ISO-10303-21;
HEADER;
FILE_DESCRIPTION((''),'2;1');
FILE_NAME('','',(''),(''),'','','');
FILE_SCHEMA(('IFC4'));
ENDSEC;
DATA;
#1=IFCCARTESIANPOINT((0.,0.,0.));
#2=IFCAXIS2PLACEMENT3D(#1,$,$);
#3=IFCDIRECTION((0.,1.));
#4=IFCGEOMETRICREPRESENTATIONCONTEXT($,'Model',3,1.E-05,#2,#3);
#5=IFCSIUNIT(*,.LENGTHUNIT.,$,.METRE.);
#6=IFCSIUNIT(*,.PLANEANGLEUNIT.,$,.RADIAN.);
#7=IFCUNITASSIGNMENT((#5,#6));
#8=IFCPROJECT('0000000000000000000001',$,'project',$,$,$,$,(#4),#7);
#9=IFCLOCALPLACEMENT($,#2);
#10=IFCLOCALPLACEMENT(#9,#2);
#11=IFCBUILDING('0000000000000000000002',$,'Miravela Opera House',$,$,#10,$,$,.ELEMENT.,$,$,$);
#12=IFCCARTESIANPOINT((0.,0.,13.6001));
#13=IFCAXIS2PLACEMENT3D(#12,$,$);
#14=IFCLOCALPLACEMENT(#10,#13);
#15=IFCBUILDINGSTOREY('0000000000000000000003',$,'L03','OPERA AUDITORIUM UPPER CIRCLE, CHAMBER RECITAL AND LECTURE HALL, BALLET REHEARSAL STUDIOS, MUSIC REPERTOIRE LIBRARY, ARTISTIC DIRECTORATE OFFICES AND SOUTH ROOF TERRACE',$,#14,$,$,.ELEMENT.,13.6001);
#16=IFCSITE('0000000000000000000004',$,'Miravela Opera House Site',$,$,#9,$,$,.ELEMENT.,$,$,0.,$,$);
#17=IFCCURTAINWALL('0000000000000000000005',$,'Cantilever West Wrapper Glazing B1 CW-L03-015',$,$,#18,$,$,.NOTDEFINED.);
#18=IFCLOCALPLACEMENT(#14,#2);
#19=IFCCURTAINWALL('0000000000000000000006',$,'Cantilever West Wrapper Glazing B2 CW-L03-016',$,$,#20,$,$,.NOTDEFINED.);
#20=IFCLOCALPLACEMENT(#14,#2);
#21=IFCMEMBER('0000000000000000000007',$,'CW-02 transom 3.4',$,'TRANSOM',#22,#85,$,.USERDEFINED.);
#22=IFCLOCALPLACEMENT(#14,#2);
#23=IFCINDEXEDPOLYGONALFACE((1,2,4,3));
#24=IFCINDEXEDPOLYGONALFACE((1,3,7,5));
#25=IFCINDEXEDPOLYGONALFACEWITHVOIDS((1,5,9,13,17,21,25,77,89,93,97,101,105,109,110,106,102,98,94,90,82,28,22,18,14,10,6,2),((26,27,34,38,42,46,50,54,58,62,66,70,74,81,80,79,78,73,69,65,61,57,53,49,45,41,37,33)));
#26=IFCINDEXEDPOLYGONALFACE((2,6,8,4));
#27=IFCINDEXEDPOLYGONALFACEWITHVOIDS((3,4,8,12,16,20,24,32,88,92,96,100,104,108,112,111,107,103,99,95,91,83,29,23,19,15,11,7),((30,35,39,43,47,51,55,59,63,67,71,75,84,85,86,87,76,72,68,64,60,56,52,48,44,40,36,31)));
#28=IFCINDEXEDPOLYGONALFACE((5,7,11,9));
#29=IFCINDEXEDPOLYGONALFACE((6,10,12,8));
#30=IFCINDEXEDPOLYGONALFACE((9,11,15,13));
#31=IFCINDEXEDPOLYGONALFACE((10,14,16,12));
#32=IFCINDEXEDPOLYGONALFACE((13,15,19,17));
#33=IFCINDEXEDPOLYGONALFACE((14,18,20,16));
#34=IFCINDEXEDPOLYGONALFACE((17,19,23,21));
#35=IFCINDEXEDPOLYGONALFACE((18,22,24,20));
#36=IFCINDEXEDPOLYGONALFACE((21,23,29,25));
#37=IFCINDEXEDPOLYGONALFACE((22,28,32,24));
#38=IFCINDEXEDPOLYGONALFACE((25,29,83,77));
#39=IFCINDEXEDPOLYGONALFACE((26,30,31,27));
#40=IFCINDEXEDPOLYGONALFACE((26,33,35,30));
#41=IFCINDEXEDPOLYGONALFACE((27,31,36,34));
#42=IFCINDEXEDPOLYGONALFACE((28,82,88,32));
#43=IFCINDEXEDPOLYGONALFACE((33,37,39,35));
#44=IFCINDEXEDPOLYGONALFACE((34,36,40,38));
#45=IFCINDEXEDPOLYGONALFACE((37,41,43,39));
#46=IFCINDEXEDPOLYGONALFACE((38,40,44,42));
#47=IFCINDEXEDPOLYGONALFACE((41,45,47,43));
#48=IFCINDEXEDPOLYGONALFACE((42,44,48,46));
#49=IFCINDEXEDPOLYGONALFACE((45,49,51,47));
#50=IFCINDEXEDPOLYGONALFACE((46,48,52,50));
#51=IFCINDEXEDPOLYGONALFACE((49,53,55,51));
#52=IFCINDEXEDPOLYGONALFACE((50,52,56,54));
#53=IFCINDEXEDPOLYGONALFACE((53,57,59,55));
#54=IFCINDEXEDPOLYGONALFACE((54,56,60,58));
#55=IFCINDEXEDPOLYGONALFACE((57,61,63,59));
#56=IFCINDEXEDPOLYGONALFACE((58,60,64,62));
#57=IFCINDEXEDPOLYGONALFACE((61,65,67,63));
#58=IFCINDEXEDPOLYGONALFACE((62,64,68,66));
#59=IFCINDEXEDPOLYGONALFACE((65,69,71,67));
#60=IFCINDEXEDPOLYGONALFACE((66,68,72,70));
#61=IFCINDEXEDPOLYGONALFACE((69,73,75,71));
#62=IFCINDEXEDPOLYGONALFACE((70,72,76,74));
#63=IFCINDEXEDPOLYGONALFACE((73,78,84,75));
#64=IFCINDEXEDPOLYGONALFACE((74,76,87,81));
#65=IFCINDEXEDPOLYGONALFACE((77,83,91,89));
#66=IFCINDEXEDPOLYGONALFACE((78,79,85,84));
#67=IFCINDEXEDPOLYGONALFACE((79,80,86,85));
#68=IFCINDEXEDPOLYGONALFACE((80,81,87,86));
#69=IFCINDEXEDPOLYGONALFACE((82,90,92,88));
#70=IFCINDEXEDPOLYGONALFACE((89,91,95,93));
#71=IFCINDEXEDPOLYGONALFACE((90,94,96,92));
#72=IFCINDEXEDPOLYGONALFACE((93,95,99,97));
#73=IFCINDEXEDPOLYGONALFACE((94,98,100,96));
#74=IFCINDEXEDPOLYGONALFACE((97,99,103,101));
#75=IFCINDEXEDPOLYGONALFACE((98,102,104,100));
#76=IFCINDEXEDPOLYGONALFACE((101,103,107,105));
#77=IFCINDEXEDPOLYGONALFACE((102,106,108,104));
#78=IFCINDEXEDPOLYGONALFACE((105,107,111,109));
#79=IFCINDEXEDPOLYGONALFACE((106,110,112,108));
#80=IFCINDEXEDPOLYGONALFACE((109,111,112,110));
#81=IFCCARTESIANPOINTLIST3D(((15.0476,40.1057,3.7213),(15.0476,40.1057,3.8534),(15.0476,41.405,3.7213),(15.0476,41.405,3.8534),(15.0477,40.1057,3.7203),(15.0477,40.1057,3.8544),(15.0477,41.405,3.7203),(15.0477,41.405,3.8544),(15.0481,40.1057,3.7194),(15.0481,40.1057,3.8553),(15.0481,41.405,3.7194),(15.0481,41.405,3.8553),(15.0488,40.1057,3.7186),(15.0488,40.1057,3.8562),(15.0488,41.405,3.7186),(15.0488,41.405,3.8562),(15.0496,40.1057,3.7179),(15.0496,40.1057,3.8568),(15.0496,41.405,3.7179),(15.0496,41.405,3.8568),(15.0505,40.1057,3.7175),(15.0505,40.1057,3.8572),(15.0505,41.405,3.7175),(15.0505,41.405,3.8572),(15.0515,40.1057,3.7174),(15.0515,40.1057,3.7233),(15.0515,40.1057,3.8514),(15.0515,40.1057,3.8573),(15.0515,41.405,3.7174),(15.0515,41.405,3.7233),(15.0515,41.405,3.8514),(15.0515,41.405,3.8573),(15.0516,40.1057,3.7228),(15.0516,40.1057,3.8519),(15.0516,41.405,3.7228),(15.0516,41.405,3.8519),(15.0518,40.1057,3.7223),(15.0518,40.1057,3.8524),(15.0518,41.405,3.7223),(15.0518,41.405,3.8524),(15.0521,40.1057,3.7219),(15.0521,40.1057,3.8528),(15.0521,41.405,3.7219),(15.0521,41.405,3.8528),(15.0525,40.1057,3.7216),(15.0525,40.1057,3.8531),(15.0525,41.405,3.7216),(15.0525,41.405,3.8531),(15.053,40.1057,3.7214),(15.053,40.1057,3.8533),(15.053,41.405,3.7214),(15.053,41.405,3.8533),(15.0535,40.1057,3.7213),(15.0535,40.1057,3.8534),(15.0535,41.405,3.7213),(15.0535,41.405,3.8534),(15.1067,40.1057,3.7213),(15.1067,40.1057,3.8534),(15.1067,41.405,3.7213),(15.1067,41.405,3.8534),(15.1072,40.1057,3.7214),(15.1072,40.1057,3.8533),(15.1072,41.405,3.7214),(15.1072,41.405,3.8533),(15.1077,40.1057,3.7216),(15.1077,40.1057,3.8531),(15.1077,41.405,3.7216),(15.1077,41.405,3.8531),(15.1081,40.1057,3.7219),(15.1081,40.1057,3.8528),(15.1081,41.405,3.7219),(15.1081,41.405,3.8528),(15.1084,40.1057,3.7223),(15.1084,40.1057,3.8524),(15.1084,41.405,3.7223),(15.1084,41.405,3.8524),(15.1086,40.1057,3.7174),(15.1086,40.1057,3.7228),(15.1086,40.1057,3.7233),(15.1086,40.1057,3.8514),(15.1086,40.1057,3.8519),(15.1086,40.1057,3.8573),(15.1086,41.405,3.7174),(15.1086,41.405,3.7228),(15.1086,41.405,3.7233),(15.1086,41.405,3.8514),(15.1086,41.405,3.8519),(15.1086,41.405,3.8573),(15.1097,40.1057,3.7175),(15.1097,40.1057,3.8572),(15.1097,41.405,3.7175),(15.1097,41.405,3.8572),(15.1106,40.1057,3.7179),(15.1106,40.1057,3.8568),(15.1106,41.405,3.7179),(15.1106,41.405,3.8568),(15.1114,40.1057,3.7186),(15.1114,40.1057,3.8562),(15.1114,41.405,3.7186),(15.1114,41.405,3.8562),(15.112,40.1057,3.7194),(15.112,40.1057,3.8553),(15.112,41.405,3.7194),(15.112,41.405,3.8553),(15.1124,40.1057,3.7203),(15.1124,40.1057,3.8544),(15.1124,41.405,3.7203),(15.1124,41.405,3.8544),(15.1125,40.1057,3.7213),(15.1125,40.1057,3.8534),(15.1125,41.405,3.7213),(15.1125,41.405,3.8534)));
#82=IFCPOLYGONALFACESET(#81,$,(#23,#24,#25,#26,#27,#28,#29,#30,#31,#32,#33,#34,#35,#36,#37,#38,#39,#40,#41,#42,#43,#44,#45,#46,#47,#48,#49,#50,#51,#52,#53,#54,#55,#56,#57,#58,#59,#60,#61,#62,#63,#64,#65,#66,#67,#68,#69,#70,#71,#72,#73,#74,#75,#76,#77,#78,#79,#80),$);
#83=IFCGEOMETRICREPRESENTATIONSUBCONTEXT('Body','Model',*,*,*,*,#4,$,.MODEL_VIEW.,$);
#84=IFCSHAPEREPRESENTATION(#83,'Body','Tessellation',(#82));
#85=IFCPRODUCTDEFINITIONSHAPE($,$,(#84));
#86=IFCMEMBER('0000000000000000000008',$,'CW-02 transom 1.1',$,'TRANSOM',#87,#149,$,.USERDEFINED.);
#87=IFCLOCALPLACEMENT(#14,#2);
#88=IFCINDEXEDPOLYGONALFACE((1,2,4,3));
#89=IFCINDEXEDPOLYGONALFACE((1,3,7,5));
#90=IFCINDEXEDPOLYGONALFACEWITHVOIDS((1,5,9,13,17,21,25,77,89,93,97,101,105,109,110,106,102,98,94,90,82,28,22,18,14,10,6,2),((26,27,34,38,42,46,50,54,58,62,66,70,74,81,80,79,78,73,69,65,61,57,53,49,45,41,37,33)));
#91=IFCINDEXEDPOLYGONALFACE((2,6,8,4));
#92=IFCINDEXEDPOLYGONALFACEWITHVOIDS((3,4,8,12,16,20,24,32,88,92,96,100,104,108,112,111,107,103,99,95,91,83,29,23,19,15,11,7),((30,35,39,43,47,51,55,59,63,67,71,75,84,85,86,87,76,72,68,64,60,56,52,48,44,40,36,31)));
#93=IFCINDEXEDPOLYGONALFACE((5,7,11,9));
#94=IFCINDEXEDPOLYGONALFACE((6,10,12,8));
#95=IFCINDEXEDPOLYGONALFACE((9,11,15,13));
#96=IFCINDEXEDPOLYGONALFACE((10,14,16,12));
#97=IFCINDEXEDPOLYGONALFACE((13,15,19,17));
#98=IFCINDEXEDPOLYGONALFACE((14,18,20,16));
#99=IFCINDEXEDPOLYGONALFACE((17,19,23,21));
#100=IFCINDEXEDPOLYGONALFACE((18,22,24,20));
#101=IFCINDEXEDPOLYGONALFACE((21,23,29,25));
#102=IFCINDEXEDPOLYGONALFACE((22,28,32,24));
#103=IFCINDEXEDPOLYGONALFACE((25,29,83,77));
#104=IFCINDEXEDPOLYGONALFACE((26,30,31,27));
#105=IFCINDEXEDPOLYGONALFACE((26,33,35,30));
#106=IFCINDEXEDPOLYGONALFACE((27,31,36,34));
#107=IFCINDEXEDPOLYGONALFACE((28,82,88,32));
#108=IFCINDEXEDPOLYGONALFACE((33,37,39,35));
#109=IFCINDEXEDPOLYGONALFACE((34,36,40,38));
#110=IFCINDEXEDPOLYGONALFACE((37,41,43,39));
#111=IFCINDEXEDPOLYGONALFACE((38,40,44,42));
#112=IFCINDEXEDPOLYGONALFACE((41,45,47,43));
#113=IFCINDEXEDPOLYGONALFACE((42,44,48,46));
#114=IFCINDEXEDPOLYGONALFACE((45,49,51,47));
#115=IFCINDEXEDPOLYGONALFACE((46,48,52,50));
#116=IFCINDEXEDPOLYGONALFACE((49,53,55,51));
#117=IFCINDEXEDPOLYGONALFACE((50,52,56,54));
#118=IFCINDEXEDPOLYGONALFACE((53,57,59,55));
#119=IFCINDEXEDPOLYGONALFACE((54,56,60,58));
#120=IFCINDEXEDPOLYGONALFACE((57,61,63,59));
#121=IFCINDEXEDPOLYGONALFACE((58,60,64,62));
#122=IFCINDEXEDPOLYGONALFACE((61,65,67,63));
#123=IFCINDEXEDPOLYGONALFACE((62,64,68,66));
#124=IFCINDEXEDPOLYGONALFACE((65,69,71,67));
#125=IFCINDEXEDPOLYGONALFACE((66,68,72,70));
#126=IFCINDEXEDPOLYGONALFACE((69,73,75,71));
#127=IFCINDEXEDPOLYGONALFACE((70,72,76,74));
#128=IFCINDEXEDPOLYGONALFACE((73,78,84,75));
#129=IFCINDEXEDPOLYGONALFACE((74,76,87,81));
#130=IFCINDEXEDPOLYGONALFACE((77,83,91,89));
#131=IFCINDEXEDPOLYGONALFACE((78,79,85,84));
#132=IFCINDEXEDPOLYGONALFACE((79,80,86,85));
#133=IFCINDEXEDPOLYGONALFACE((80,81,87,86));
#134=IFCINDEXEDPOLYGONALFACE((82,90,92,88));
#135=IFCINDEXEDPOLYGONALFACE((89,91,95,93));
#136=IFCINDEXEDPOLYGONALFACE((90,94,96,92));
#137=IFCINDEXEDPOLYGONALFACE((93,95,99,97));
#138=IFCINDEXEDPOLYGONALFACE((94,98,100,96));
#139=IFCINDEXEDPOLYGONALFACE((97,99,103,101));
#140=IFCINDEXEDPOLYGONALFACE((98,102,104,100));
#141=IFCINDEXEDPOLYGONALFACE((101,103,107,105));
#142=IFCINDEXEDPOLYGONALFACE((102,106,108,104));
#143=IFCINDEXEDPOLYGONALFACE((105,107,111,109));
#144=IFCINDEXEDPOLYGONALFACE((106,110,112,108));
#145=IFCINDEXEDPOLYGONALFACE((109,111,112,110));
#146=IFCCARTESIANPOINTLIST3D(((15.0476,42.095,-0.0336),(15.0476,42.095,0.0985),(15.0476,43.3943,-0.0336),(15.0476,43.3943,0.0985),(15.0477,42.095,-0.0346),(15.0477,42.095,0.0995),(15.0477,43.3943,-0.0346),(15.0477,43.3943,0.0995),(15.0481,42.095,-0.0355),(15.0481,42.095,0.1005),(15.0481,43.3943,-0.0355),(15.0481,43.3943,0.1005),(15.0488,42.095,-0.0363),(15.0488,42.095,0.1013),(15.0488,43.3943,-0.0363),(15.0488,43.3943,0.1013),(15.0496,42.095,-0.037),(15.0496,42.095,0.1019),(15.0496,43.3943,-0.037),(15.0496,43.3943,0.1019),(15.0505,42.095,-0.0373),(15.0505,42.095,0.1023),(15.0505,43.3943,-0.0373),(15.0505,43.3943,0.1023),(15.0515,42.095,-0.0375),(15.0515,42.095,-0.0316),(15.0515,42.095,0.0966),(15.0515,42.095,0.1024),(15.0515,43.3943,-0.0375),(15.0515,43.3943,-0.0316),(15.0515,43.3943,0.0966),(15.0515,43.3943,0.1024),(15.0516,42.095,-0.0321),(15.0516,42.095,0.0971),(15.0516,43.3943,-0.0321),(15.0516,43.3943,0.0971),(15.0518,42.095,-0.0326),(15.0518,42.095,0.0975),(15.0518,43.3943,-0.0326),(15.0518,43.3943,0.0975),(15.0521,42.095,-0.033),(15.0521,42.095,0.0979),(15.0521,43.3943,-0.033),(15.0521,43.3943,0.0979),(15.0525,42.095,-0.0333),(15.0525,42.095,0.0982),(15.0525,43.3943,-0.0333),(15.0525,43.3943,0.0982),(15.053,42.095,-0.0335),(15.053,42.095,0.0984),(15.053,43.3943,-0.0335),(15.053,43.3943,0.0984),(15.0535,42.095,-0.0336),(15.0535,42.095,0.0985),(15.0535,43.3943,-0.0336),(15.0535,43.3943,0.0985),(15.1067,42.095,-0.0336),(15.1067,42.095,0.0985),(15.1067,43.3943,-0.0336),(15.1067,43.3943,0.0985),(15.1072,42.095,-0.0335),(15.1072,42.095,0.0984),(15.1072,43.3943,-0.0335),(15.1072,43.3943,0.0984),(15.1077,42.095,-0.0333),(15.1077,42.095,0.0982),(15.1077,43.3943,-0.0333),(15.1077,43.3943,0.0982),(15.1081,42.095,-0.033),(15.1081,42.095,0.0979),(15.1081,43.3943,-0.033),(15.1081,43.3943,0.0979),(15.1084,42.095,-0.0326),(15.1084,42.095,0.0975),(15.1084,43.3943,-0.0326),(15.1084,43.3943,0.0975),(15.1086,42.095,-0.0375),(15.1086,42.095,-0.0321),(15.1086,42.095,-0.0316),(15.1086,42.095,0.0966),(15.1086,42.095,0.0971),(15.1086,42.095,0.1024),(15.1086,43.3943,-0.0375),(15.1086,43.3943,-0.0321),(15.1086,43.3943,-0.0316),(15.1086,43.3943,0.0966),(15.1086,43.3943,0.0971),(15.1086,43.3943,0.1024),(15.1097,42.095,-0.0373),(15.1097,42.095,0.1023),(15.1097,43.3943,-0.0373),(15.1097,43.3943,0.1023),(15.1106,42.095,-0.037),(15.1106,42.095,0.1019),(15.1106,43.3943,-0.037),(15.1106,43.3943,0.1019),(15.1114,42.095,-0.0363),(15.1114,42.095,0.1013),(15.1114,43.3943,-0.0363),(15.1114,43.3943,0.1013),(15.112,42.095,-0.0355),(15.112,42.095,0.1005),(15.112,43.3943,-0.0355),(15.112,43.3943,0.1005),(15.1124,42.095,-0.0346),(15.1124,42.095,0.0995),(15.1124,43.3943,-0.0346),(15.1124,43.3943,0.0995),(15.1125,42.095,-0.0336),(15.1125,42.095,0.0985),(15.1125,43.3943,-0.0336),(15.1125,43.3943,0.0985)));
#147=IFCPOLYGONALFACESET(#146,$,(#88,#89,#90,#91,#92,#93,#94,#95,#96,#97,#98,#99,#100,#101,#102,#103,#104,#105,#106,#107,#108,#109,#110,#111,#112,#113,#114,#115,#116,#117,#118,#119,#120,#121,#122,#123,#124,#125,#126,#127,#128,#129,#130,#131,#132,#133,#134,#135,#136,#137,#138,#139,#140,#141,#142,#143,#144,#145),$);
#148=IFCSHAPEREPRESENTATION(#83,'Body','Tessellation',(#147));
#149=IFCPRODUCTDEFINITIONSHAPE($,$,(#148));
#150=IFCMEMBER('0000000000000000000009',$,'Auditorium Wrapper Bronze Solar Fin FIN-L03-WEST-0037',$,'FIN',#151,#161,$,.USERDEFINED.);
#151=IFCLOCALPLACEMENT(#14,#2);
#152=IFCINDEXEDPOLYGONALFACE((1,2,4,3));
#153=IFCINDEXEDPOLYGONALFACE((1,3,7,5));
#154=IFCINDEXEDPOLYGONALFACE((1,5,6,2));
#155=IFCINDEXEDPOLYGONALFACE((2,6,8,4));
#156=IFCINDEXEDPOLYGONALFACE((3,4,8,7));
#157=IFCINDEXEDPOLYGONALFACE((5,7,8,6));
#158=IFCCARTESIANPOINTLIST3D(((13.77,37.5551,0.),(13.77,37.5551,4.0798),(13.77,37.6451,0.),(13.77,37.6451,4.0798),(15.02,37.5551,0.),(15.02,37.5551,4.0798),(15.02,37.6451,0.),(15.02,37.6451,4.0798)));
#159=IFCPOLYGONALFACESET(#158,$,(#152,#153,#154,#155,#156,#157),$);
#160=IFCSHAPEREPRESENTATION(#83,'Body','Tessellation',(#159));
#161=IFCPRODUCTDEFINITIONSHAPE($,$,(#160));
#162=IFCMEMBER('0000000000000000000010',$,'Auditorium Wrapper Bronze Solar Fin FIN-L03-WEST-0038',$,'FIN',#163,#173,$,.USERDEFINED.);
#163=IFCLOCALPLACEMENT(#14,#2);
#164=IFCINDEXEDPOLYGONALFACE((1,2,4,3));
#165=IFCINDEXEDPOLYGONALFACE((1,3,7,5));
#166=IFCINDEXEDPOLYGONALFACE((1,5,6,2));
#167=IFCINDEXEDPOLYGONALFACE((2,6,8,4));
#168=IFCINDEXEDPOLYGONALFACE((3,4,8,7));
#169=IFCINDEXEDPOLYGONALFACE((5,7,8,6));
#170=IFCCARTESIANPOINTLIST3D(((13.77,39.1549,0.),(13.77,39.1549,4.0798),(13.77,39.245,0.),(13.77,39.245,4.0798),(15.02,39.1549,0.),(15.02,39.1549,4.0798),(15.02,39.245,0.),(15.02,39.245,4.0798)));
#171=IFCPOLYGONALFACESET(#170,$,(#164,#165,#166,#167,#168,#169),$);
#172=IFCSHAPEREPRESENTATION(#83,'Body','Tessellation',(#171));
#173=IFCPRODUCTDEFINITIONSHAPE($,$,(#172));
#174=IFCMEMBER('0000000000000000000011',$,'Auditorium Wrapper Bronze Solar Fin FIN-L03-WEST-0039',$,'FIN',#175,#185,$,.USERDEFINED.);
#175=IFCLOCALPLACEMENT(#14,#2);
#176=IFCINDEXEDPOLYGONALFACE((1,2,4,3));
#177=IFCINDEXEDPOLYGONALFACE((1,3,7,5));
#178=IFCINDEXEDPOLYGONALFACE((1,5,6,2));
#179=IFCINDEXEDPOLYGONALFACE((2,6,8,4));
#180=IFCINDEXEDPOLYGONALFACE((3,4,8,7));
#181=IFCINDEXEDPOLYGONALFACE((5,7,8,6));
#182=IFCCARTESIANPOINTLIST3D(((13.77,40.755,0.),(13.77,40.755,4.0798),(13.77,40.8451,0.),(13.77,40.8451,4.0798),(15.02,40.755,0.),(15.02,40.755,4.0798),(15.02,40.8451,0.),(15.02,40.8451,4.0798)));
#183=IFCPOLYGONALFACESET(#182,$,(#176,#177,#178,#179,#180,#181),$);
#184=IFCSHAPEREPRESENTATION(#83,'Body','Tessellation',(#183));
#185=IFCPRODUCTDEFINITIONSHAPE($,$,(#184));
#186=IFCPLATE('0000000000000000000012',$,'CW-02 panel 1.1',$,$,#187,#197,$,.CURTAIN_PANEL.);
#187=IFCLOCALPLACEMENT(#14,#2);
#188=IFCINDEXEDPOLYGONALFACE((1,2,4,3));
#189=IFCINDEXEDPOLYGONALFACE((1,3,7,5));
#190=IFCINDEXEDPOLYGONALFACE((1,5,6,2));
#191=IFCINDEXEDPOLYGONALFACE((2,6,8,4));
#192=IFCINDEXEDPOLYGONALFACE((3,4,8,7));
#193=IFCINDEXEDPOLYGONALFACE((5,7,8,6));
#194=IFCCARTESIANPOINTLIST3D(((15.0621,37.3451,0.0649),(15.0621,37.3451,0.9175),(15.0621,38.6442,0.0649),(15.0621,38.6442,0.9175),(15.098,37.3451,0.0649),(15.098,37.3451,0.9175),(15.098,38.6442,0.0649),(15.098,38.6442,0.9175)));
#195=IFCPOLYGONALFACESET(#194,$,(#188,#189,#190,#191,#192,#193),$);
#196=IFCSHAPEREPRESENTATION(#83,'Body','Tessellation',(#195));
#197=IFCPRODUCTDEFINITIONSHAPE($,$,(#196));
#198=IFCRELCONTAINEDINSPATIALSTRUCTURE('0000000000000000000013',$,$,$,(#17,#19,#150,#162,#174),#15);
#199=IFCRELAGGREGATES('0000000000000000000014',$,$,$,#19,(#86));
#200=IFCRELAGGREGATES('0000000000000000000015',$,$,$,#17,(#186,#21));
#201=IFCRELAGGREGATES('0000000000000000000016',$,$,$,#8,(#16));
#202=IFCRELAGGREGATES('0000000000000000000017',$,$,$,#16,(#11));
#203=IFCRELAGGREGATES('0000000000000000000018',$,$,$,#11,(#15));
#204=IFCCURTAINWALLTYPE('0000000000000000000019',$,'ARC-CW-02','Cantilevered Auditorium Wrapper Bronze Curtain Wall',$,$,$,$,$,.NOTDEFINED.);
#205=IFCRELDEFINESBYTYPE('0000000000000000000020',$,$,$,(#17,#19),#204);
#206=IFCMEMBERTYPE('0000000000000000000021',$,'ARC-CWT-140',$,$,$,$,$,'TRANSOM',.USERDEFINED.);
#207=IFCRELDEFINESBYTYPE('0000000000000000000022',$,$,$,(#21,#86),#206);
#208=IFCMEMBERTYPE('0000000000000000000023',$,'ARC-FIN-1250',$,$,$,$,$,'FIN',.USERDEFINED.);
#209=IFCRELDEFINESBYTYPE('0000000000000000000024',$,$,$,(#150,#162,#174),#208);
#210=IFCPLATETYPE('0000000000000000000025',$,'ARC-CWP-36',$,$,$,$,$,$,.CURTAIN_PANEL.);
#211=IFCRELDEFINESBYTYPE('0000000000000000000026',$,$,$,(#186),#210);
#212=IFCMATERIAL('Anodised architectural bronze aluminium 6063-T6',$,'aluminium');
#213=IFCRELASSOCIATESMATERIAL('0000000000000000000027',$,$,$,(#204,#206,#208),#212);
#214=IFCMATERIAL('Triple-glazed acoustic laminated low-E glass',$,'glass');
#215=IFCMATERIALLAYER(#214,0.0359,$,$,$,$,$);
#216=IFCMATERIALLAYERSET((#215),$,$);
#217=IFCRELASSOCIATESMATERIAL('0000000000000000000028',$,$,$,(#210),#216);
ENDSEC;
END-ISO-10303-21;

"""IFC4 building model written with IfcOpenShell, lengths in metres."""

from ifc_helpers import new_model, si_unit, direction, frame, origin, origin_2d, place, context, subcontext, project, spatial, rectangle, hollow_rectangle, extrude, material, layer, layer_set, material_profile, profile_set, type_object, element, aggregate, save


model = new_model("IFC4")

# Units and contexts
model_context = context("Model", 3, precision=1e-05, world=origin(), true_north=direction((0.0, 1.0)))
body_context = subcontext(model_context, "Body", "Model", "MODEL_VIEW")
ifc_project = project(units=[si_unit("LENGTHUNIT", "METRE"), si_unit("PLANEANGLEUNIT", "RADIAN")], contexts=[model_context])

# Site, building, storey
site_placement = place(None, origin())
site = spatial("IfcSite", under=ifc_project, at=site_placement, Name="Miravela Opera House Site", CompositionType="ELEMENT", RefElevation=0.0)
building_placement = place(site_placement, origin())
building = spatial("IfcBuilding", under=site, at=building_placement, Name="Miravela Opera House", CompositionType="ELEMENT")
storey_placement = place(building_placement, frame((0.0, 0.0, 13.6001)))
storey = spatial("IfcBuildingStorey", under=building, at=storey_placement, Name="L03", Description="OPERA AUDITORIUM UPPER CIRCLE, CHAMBER RECITAL AND LECTURE HALL, BALLET REHEARSAL STUDIOS, MUSIC REPERTOIRE LIBRARY, ARTISTIC DIRECTORATE OFFICES AND SOUTH ROOF TERRACE", CompositionType="ELEMENT", Elevation=13.6001)

# Curtain wall
ifc_material_1 = material(Name="Anodised architectural bronze aluminium 6063-T6", Category="aluminium")
curtain_wall_type = type_object("IfcCurtainWallType", Name="ARC-CW-02", Description="Cantilevered Auditorium Wrapper Bronze Curtain Wall", PredefinedType="NOTDEFINED", material=ifc_material_1)
curtain_wall_1_placement = place(storey_placement, origin())
curtain_wall_1 = element("IfcCurtainWall", 1, at=curtain_wall_1_placement, inside=storey, type_object=curtain_wall_type, Name="Cantilever West Wrapper Glazing B1 CW-L03-015", PredefinedType="NOTDEFINED")

# Curtain wall
curtain_wall_2_placement = place(storey_placement, origin())
curtain_wall_2 = element("IfcCurtainWall", 2, at=curtain_wall_2_placement, inside=storey, type_object=curtain_wall_type, Name="Cantilever West Wrapper Glazing B2 CW-L03-016", PredefinedType="NOTDEFINED")

# Members
ifc_material_profile_1 = material_profile(ifc_material_1, hollow_rectangle(XDim=0.0649, YDim=0.1399, WallThickness=0.0039, InnerFilletRadius=0.002, OuterFilletRadius=0.0039, at=origin_2d()), Name="CWT-65X140")
ifc_profile_set_1 = profile_set([ifc_material_profile_1])
member_type_1 = type_object("IfcMemberType", Name="ARC-CWT-140", ElementType="TRANSOM", PredefinedType="USERDEFINED", material=ifc_profile_set_1)
member_1_placement = place(storey_placement, frame((15.0801, 40.1057, 3.7874), z_axis=(0.0, 1.0, 0.0), x_axis=(-1.0, 0.0, 0.0)))
member_1 = element("IfcMember", 3, at=member_1_placement, type_object=member_type_1, Name="CW-02 transom 3.4", ObjectType="TRANSOM", PredefinedType="USERDEFINED", context=body_context, shape_type="SweptSolid", body=[
    extrude(hollow_rectangle(XDim=0.0649, YDim=0.1399, WallThickness=0.0039, InnerFilletRadius=0.002, OuterFilletRadius=0.0039, at=origin_2d()), origin(), (0.0, 0.0, 1.0), 1.2993),
])
member_2_placement = place(storey_placement, frame((15.0801, 42.095, 0.0325), z_axis=(0.0, 1.0, 0.0), x_axis=(-1.0, 0.0, 0.0)))
member_2 = element("IfcMember", 4, at=member_2_placement, type_object=member_type_1, Name="CW-02 transom 1.1", ObjectType="TRANSOM", PredefinedType="USERDEFINED", context=body_context, shape_type="SweptSolid", body=[
    extrude(hollow_rectangle(XDim=0.0649, YDim=0.1399, WallThickness=0.0039, InnerFilletRadius=0.002, OuterFilletRadius=0.0039, at=origin_2d()), origin(), (0.0, 0.0, 1.0), 1.2993),
])
aggregate(curtain_wall_2, [member_2])

# Members
ifc_material_profile_2 = material_profile(ifc_material_1, rectangle(XDim=0.0901, YDim=1.25, at=origin_2d()), Name="FIN-1250X90")
ifc_profile_set_2 = profile_set([ifc_material_profile_2])
member_type_2 = type_object("IfcMemberType", Name="ARC-FIN-1250", ElementType="FIN", PredefinedType="USERDEFINED", material=ifc_profile_set_2)
for number, where, z_axis, x_axis, name in (
    (5, (14.395, 37.6001, 0.0), (0.0, 0.0, 1.0), (0.0, 1.0, 0.0), "Auditorium Wrapper Bronze Solar Fin FIN-L03-WEST-0037"),
    (6, (14.395, 39.2, 0.0), (0.0, 0.0, 1.0), (0.0, 1.0, 0.0), "Auditorium Wrapper Bronze Solar Fin FIN-L03-WEST-0038"),
    (7, (14.395, 40.8, 0.0), (0.0, 0.0, 1.0), (0.0, 1.0, 0.0), "Auditorium Wrapper Bronze Solar Fin FIN-L03-WEST-0039"),
):
    element("IfcMember", number, at=place(storey_placement, frame(where, z_axis=z_axis, x_axis=x_axis)), inside=storey, type_object=member_type_2, Name=name, ObjectType="FIN", PredefinedType="USERDEFINED", context=body_context, shape_type="SweptSolid", body=[
        extrude(rectangle(XDim=0.0901, YDim=1.25, at=origin_2d()), origin(), (0.0, 0.0, 1.0), 4.0798),
    ])

# Plate
ifc_material_2 = material(Name="Triple-glazed acoustic laminated low-E glass", Category="glass")
ifc_layer = layer(ifc_material_2, 0.0359)
ifc_layer_set = layer_set([ifc_layer])
plate_type = type_object("IfcPlateType", Name="ARC-CWP-36", PredefinedType="CURTAIN_PANEL", material=ifc_layer_set)
plate_1_placement = place(storey_placement, frame((15.0801, 37.9946, 0.0649), z_axis=(0.0, 0.0, 1.0), x_axis=(0.0, 1.0, 0.0)))
plate_1 = element("IfcPlate", 8, at=plate_1_placement, type_object=plate_type, Name="CW-02 panel 1.1", PredefinedType="CURTAIN_PANEL", context=body_context, shape_type="SweptSolid", body=[
    extrude(rectangle(XDim=1.2991, YDim=0.0359, at=origin_2d()), origin(), (0.0, 0.0, 1.0), 0.8525),
])
aggregate(curtain_wall_1, [plate_1, member_1])

save(model, "model.ifc")
